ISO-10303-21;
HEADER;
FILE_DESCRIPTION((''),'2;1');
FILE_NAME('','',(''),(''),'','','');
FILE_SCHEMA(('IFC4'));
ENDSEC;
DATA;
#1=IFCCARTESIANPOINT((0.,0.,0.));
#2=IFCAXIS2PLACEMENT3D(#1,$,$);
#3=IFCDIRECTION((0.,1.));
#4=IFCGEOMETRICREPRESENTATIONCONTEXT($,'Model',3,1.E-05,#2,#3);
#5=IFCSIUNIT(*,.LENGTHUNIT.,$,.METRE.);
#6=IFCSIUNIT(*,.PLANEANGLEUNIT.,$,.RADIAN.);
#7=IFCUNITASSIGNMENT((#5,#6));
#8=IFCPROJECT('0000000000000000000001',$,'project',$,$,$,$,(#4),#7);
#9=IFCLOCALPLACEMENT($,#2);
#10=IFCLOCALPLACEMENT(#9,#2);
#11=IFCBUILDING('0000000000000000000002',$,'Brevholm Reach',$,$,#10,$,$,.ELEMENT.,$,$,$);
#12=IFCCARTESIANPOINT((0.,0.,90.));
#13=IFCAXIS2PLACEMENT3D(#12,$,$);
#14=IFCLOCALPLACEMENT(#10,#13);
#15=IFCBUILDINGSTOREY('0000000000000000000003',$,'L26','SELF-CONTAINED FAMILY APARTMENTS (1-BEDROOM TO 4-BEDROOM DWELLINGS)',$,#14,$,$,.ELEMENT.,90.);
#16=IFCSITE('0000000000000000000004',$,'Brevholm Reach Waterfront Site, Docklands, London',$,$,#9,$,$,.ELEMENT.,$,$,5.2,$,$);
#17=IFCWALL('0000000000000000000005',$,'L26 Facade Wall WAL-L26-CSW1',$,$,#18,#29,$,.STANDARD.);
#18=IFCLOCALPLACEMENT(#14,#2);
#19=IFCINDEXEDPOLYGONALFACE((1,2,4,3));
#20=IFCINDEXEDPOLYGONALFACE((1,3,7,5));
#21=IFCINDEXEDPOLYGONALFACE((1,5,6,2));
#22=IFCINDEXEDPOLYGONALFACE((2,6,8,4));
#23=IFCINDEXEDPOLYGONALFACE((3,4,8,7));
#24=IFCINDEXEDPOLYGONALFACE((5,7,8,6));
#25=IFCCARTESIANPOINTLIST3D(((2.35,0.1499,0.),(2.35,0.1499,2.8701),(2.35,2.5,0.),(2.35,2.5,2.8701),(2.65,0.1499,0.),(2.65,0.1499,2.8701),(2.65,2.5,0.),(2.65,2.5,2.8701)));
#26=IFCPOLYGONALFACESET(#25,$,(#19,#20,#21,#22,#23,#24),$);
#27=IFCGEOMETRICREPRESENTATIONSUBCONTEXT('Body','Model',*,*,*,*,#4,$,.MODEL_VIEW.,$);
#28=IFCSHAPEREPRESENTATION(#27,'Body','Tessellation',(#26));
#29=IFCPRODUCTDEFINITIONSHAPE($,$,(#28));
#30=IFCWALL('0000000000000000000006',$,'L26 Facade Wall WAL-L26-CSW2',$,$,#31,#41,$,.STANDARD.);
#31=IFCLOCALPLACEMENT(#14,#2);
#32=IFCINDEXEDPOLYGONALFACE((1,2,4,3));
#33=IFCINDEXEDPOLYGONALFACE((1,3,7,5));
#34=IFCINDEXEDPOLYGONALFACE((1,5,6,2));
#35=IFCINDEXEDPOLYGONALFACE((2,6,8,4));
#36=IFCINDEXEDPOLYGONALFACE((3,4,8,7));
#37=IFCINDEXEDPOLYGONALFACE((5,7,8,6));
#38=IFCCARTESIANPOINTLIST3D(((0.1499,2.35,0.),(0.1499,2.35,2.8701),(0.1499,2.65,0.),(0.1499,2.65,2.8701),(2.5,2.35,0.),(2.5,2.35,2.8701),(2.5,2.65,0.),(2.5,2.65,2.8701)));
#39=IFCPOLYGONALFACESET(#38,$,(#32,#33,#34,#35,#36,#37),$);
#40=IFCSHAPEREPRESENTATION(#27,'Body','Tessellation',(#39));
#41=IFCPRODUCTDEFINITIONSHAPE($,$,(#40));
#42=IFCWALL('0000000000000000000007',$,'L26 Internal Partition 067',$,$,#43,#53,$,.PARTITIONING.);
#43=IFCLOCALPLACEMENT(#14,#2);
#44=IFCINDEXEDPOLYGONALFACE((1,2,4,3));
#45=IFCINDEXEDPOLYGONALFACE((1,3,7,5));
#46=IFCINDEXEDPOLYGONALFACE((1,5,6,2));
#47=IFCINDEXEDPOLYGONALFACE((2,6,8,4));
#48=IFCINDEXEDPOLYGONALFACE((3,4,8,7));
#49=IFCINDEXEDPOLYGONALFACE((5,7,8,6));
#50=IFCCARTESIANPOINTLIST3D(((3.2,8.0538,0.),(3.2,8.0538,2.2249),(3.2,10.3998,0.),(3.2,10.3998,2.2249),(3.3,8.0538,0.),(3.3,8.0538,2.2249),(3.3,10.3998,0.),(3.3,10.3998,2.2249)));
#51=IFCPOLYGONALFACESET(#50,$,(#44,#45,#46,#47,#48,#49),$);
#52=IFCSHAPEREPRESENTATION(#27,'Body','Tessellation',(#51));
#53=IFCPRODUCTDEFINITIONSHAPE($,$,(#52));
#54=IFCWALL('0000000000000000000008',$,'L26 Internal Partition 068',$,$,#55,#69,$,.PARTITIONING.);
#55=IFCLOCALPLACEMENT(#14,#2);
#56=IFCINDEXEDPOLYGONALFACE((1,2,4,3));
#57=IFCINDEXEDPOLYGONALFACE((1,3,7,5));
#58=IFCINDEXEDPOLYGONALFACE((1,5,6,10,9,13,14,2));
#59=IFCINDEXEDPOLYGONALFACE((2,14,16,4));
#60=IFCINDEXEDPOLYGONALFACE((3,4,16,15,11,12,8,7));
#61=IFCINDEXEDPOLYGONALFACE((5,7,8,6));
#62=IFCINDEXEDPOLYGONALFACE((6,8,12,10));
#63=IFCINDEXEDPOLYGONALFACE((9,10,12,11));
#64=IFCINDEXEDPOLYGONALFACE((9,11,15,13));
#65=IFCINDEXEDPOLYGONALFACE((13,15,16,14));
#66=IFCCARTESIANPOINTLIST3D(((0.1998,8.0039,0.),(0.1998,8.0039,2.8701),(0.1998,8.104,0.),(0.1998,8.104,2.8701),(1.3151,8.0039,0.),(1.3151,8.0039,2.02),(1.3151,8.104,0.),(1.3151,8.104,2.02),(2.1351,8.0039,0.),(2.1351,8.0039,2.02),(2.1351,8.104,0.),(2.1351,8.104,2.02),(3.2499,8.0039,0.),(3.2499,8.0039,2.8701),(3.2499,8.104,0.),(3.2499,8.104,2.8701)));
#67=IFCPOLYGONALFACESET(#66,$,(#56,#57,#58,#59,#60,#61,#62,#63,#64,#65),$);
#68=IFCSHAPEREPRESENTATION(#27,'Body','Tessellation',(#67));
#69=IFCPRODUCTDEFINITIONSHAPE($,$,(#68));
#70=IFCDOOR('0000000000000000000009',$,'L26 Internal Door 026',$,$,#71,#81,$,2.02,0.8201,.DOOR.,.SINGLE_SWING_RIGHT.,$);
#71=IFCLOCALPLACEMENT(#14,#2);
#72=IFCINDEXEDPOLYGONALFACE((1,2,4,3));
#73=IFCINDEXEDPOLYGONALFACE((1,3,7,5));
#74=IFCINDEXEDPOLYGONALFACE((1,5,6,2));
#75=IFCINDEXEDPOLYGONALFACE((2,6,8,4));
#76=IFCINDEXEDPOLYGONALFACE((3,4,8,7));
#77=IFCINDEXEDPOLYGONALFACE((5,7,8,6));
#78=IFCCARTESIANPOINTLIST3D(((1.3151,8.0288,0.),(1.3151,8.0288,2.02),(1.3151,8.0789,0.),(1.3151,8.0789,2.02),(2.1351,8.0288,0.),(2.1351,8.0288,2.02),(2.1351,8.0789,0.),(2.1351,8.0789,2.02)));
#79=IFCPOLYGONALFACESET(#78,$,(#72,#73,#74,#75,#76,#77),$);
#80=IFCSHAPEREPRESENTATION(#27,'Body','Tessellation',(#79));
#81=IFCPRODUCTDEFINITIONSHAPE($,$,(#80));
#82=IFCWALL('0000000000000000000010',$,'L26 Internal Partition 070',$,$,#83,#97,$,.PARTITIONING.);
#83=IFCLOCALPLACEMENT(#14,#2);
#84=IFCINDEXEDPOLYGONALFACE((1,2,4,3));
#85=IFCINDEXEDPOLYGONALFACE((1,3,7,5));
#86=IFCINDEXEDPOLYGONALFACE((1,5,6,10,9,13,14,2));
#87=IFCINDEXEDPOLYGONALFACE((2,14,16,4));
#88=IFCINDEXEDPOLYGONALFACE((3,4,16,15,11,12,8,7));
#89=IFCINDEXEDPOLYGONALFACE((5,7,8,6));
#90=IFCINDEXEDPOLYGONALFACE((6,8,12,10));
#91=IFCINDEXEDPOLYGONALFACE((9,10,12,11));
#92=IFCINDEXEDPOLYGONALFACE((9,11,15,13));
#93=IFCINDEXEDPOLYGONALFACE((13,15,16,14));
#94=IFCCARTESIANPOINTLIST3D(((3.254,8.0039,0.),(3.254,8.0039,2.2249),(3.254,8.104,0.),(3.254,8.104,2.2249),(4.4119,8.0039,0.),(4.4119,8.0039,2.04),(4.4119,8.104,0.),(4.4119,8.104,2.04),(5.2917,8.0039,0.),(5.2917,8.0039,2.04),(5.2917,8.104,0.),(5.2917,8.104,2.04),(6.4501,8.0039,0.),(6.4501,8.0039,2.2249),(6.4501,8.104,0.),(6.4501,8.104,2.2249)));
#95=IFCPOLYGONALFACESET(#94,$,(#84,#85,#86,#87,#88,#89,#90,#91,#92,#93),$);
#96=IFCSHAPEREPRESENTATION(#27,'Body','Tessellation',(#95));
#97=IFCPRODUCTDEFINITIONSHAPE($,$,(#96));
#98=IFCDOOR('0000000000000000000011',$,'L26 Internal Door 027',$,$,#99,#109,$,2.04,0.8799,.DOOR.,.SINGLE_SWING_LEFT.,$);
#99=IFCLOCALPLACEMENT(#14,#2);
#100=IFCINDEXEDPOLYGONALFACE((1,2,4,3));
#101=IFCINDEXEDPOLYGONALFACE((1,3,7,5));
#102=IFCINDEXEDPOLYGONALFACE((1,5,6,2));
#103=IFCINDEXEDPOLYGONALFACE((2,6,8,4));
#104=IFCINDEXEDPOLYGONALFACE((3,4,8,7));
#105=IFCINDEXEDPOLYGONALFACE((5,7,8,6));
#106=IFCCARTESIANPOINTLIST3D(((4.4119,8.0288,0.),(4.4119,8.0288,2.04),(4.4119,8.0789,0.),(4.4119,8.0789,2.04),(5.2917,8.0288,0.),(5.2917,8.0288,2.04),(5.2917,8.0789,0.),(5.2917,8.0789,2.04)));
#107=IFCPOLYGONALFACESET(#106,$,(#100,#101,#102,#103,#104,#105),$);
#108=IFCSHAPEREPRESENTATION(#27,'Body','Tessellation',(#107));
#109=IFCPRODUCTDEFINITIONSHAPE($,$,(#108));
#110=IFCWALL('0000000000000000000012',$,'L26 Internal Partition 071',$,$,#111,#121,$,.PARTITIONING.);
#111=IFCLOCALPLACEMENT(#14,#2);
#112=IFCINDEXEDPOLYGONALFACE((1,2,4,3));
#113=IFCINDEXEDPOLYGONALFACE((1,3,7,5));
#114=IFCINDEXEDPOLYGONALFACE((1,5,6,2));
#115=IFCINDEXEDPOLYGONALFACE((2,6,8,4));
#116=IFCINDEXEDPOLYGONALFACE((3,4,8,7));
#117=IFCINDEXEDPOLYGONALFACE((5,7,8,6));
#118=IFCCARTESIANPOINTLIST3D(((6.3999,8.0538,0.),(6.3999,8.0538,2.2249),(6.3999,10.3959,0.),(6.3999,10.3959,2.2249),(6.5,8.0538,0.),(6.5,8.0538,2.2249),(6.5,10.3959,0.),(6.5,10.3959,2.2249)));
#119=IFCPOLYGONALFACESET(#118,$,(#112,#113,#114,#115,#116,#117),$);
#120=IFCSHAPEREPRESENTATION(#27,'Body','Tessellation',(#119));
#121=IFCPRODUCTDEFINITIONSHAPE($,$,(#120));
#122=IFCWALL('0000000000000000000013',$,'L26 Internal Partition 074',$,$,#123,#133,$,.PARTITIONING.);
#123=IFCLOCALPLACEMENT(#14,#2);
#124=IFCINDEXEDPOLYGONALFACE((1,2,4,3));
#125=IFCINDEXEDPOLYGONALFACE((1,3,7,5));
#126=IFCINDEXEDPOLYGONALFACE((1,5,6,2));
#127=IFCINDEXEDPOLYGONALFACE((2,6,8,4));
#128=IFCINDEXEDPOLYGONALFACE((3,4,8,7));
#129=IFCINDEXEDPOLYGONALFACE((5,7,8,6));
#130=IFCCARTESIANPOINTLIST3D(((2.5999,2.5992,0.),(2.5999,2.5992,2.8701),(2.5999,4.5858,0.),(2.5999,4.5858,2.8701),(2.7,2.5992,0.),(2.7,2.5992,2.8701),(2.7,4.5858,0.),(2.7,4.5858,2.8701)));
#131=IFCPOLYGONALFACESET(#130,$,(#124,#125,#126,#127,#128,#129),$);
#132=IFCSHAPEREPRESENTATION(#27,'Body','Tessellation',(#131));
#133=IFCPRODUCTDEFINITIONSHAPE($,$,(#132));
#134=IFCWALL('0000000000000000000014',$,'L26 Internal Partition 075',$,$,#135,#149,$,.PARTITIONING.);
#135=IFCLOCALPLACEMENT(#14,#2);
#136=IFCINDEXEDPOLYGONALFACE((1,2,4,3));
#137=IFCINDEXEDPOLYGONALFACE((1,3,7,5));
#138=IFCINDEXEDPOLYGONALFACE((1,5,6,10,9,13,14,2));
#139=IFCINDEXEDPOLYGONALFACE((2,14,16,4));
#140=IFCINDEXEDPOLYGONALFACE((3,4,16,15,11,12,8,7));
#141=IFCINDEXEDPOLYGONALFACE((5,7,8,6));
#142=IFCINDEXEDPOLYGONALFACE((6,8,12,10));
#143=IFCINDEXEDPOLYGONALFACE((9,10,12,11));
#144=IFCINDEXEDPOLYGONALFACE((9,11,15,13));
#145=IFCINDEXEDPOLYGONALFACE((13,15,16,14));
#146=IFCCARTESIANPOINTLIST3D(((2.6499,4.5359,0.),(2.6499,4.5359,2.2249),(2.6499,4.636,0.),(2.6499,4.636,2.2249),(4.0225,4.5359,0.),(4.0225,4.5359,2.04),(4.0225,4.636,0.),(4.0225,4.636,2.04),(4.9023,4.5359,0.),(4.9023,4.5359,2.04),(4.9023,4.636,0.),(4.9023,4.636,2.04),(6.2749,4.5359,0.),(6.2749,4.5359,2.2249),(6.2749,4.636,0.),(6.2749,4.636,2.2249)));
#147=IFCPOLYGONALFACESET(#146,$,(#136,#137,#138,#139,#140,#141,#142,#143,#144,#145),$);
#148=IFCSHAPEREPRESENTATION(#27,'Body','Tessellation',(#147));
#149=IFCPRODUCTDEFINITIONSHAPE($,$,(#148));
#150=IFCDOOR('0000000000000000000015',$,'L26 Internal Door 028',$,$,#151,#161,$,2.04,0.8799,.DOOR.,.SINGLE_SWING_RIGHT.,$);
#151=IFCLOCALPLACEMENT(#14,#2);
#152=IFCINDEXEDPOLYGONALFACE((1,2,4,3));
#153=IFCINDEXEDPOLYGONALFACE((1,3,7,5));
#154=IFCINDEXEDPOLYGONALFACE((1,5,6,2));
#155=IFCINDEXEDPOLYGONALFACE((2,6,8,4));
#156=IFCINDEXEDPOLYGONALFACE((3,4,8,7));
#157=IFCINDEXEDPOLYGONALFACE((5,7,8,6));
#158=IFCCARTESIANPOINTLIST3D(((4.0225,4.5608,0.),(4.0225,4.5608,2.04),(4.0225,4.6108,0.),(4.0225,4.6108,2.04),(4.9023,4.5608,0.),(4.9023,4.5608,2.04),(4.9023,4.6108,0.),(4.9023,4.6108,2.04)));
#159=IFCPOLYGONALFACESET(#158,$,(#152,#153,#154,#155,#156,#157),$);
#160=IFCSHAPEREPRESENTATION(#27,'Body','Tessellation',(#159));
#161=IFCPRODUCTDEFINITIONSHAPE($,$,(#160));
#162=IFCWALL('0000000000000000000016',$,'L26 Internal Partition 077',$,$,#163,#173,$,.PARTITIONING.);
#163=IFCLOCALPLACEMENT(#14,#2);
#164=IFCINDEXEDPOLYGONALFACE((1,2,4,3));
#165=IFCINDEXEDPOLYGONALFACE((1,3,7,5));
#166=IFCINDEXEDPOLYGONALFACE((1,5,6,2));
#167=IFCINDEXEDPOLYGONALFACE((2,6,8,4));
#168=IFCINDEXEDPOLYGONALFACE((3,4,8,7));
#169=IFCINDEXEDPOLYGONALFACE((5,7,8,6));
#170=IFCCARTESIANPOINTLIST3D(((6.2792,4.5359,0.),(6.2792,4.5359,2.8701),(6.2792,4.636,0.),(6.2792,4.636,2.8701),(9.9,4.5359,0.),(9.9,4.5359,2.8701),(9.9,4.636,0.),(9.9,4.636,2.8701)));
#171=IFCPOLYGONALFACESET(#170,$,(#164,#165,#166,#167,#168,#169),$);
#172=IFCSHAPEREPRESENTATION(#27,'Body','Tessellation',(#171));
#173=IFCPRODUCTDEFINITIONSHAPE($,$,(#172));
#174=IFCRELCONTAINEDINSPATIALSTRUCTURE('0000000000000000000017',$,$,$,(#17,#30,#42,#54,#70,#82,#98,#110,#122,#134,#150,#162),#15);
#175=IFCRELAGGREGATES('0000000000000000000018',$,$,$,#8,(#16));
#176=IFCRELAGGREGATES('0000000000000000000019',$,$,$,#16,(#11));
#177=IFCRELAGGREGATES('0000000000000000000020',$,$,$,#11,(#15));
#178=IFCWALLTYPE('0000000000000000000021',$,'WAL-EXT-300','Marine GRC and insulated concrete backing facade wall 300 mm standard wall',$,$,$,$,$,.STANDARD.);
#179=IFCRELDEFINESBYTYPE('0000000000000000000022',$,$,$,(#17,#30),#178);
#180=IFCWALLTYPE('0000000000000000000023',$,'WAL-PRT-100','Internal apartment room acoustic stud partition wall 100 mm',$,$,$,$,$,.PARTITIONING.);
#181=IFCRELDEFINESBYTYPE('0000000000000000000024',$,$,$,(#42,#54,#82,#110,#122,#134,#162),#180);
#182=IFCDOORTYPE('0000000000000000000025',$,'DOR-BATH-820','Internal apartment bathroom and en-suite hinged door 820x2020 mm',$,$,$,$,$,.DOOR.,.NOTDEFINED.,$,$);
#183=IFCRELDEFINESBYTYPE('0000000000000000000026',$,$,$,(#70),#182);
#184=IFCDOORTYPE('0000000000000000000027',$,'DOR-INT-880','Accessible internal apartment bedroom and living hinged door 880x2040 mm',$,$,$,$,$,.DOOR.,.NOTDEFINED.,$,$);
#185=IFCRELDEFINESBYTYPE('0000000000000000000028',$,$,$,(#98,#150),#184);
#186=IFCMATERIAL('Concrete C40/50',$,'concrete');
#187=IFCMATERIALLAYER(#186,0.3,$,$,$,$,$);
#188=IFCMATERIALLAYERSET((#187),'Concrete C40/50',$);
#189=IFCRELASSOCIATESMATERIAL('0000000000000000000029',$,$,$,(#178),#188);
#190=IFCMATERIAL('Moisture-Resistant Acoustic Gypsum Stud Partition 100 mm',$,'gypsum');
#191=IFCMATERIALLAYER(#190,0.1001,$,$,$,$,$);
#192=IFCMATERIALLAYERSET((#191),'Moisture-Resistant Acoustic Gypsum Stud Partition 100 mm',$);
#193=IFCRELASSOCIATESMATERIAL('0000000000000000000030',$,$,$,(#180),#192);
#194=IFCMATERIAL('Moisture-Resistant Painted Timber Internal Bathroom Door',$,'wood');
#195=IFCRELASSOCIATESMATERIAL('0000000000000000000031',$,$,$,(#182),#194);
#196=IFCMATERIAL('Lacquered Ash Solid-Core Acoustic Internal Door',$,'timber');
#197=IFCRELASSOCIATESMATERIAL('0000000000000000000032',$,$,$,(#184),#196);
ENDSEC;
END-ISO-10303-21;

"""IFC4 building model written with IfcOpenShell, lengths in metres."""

from ifc_helpers import new_model, si_unit, direction, frame, frame_2d, origin, place, context, subcontext, project, spatial, rectangle, extrude, material, layer, layer_set, type_object, element, fill, save


model = new_model("IFC4")

# Units and contexts
model_context = context("Model", 3, precision=1e-05, world=origin(), true_north=direction((0.0, 1.0)))
body_context = subcontext(model_context, "Body", "Model", "MODEL_VIEW")
ifc_project = project(units=[si_unit("LENGTHUNIT", "METRE"), si_unit("PLANEANGLEUNIT", "RADIAN")], contexts=[model_context])

# Site, building, storey
site_placement = place(None, origin())
site = spatial("IfcSite", under=ifc_project, at=site_placement, Name="Brevholm Reach Waterfront Site, Docklands, London", CompositionType="ELEMENT", RefElevation=5.2)
building_placement = place(site_placement, origin())
building = spatial("IfcBuilding", under=site, at=building_placement, Name="Brevholm Reach", CompositionType="ELEMENT")
storey_placement = place(building_placement, frame((0.0, 0.0, 90.0)))
storey = spatial("IfcBuildingStorey", under=building, at=storey_placement, Name="L26", Description="SELF-CONTAINED FAMILY APARTMENTS (1-BEDROOM TO 4-BEDROOM DWELLINGS)", CompositionType="ELEMENT", Elevation=90.0)

# Walls
ifc_material_1 = material(Name="Concrete C40/50", Category="concrete")
ifc_layer_1 = layer(ifc_material_1, 0.3)
ifc_layer_set_1 = layer_set([ifc_layer_1], Name="Concrete C40/50")
wall_type_1 = type_object("IfcWallType", Name="WAL-EXT-300", Description="Marine GRC and insulated concrete backing facade wall 300 mm standard wall", PredefinedType="STANDARD", material=ifc_layer_set_1)
for number, where, z_axis, x_axis, name in (
    (1, (2.5, 2.5, 0.0), (0.0, 0.0, 1.0), (0.0, -1.0, 0.0), "L26 Facade Wall WAL-L26-CSW1"),
    (2, (0.1499, 2.5, 0.0), (0.0, 0.0, 1.0), (1.0, 0.0, 0.0), "L26 Facade Wall WAL-L26-CSW2"),
):
    element("IfcWall", number, at=place(storey_placement, frame(where, z_axis=z_axis, x_axis=x_axis)), inside=storey, type_object=wall_type_1, Name=name, PredefinedType="STANDARD", context=body_context, shape_type="SweptSolid", body=[
        extrude(rectangle(XDim=2.3501, YDim=0.3, at=frame_2d((1.175, 0.0))), origin(), (0.0, 0.0, 1.0), 2.8701),
    ])
ifc_material_2 = material(Name="Moisture-Resistant Acoustic Gypsum Stud Partition 100 mm", Category="gypsum")
ifc_layer_2 = layer(ifc_material_2, 0.1001)
ifc_layer_set_2 = layer_set([ifc_layer_2], Name="Moisture-Resistant Acoustic Gypsum Stud Partition 100 mm")
wall_type_2 = type_object("IfcWallType", Name="WAL-PRT-100", Description="Internal apartment room acoustic stud partition wall 100 mm", PredefinedType="PARTITIONING", material=ifc_layer_set_2)
wall_1_placement = place(storey_placement, frame((3.25, 8.054, 0.0), z_axis=(0.0, 0.0, 1.0), x_axis=(0.0, 1.0, 0.0)))
element("IfcWall", 3, at=wall_1_placement, inside=storey, type_object=wall_type_2, Name="L26 Internal Partition 067", PredefinedType="PARTITIONING", context=body_context, shape_type="SweptSolid", body=[
    extrude(rectangle(XDim=2.3459, YDim=0.1001, at=frame_2d((1.1729, 0.0))), origin(), (0.0, 0.0, 1.0), 2.2249),
])

# Walls, openings, doors
wall_2_placement = place(storey_placement, frame((0.2, 8.054, 0.0), z_axis=(0.0, 0.0, 1.0), x_axis=(1.0, 0.0, 0.0)))
wall_2 = element("IfcWall", 4, at=wall_2_placement, inside=storey, type_object=wall_type_2, Name="L26 Internal Partition 068", PredefinedType="PARTITIONING", context=body_context, shape_type="SweptSolid", body=[
    extrude(rectangle(XDim=3.05, YDim=0.1001, at=frame_2d((1.5249, 0.0))), origin(), (0.0, 0.0, 1.0), 2.8701),
])
opening_1_placement = place(wall_2_placement, frame((1.115, 0.0, 0.0)))
opening_1 = element("IfcOpeningElement", 5, at=opening_1_placement, cuts=wall_2, PredefinedType="OPENING", context=body_context, shape_type="SweptSolid", body=[
    extrude(rectangle(XDim=0.8201, YDim=2.02, at=frame_2d((0.4102, 1.01))), frame((0.0, 0.0601, 0.0), z_axis=(0.0, -1.0, 0.0), x_axis=(1.0, 0.0, 0.0)), (0.0, 0.0, 1.0), 0.1201),
])
ifc_material_3 = material(Name="Moisture-Resistant Painted Timber Internal Bathroom Door", Category="wood")
door_type_1 = type_object("IfcDoorType", Name="DOR-BATH-820", Description="Internal apartment bathroom and en-suite hinged door 820x2020 mm", OperationType="NOTDEFINED", PredefinedType="DOOR", material=ifc_material_3)
door_1_placement = place(opening_1_placement, origin())
door_1 = element("IfcDoor", 6, at=door_1_placement, inside=storey, type_object=door_type_1, Name="L26 Internal Door 026", OperationType="SINGLE_SWING_RIGHT", OverallHeight=2.02, OverallWidth=0.8201, PredefinedType="DOOR", context=body_context, shape_type="SweptSolid", body=[
    extrude(rectangle(XDim=0.8201, YDim=2.02, at=frame_2d((0.4102, 1.01))), frame((0.0, 0.0249, 0.0), z_axis=(0.0, -1.0, 0.0), x_axis=(1.0, 0.0, 0.0)), (0.0, 0.0, 1.0), 0.05),
])
fill(opening_1, door_1)
wall_3_placement = place(storey_placement, frame((3.2539, 8.054, 0.0), z_axis=(0.0, 0.0, 1.0), x_axis=(1.0, 0.0, 0.0)))
wall_3 = element("IfcWall", 7, at=wall_3_placement, inside=storey, type_object=wall_type_2, Name="L26 Internal Partition 070", PredefinedType="PARTITIONING", context=body_context, shape_type="SweptSolid", body=[
    extrude(rectangle(XDim=3.196, YDim=0.1001, at=frame_2d((1.5981, 0.0))), origin(), (0.0, 0.0, 1.0), 2.2249),
])
opening_2_placement = place(wall_3_placement, frame((1.158, 0.0, 0.0)))
opening_2 = element("IfcOpeningElement", 8, at=opening_2_placement, cuts=wall_3, PredefinedType="OPENING", context=body_context, shape_type="SweptSolid", body=[
    extrude(rectangle(XDim=0.8799, YDim=2.04, at=frame_2d((0.4399, 1.02))), frame((0.0, 0.0601, 0.0), z_axis=(0.0, -1.0, 0.0), x_axis=(1.0, 0.0, 0.0)), (0.0, 0.0, 1.0), 0.1201),
])
ifc_material_4 = material(Name="Lacquered Ash Solid-Core Acoustic Internal Door", Category="timber")
door_type_2 = type_object("IfcDoorType", Name="DOR-INT-880", Description="Accessible internal apartment bedroom and living hinged door 880x2040 mm", OperationType="NOTDEFINED", PredefinedType="DOOR", material=ifc_material_4)
door_2_placement = place(opening_2_placement, origin())
door_2 = element("IfcDoor", 9, at=door_2_placement, inside=storey, type_object=door_type_2, Name="L26 Internal Door 027", OperationType="SINGLE_SWING_LEFT", OverallHeight=2.04, OverallWidth=0.8799, PredefinedType="DOOR", context=body_context, shape_type="SweptSolid", body=[
    extrude(rectangle(XDim=0.8799, YDim=2.04, at=frame_2d((0.4399, 1.02))), frame((0.0, 0.0249, 0.0), z_axis=(0.0, -1.0, 0.0), x_axis=(1.0, 0.0, 0.0)), (0.0, 0.0, 1.0), 0.05),
])
fill(opening_2, door_2)

# Walls
wall_4_placement = place(storey_placement, frame((6.45, 8.054, 0.0), z_axis=(0.0, 0.0, 1.0), x_axis=(0.0, 1.0, 0.0)))
element("IfcWall", 10, at=wall_4_placement, inside=storey, type_object=wall_type_2, Name="L26 Internal Partition 071", PredefinedType="PARTITIONING", context=body_context, shape_type="SweptSolid", body=[
    extrude(rectangle(XDim=2.342, YDim=0.1001, at=frame_2d((1.1709, 0.0))), origin(), (0.0, 0.0, 1.0), 2.2249),
])
wall_5_placement = place(storey_placement, frame((2.6499, 2.5994, 0.0), z_axis=(0.0, 0.0, 1.0), x_axis=(0.0, 1.0, 0.0)))
element("IfcWall", 11, at=wall_5_placement, inside=storey, type_object=wall_type_2, Name="L26 Internal Partition 074", PredefinedType="PARTITIONING", context=body_context, shape_type="SweptSolid", body=[
    extrude(rectangle(XDim=1.9866, YDim=0.1001, at=frame_2d((0.9932, 0.0))), origin(), (0.0, 0.0, 1.0), 2.8701),
])

# Wall, opening, door
wall_6_placement = place(storey_placement, frame((2.6499, 4.5859, 0.0), z_axis=(0.0, 0.0, 1.0), x_axis=(1.0, 0.0, 0.0)))
wall_6 = element("IfcWall", 12, at=wall_6_placement, inside=storey, type_object=wall_type_2, Name="L26 Internal Partition 075", PredefinedType="PARTITIONING", context=body_context, shape_type="SweptSolid", body=[
    extrude(rectangle(XDim=3.625, YDim=0.1001, at=frame_2d((1.8125, 0.0))), origin(), (0.0, 0.0, 1.0), 2.2249),
])
opening_3_placement = place(wall_6_placement, frame((1.3726, 0.0, 0.0)))
opening_3 = element("IfcOpeningElement", 13, at=opening_3_placement, cuts=wall_6, PredefinedType="OPENING", context=body_context, shape_type="SweptSolid", body=[
    extrude(rectangle(XDim=0.8799, YDim=2.04, at=frame_2d((0.4399, 1.02))), frame((0.0, 0.0601, 0.0), z_axis=(0.0, -1.0, 0.0), x_axis=(1.0, 0.0, 0.0)), (0.0, 0.0, 1.0), 0.1201),
])
door_3_placement = place(opening_3_placement, origin())
door_3 = element("IfcDoor", 14, at=door_3_placement, inside=storey, type_object=door_type_2, Name="L26 Internal Door 028", OperationType="SINGLE_SWING_RIGHT", OverallHeight=2.04, OverallWidth=0.8799, PredefinedType="DOOR", context=body_context, shape_type="SweptSolid", body=[
    extrude(rectangle(XDim=0.8799, YDim=2.04, at=frame_2d((0.4399, 1.02))), frame((0.0, 0.0249, 0.0), z_axis=(0.0, -1.0, 0.0), x_axis=(1.0, 0.0, 0.0)), (0.0, 0.0, 1.0), 0.05),
])
fill(opening_3, door_3)

# Wall
wall_7_placement = place(storey_placement, frame((6.2791, 4.5859, 0.0), z_axis=(0.0, 0.0, 1.0), x_axis=(1.0, 0.0, 0.0)))
element("IfcWall", 15, at=wall_7_placement, inside=storey, type_object=wall_type_2, Name="L26 Internal Partition 077", PredefinedType="PARTITIONING", context=body_context, shape_type="SweptSolid", body=[
    extrude(rectangle(XDim=3.6208, YDim=0.1001, at=frame_2d((1.8105, 0.0))), origin(), (0.0, 0.0, 1.0), 2.8701),
])

save(model, "model.ifc")
